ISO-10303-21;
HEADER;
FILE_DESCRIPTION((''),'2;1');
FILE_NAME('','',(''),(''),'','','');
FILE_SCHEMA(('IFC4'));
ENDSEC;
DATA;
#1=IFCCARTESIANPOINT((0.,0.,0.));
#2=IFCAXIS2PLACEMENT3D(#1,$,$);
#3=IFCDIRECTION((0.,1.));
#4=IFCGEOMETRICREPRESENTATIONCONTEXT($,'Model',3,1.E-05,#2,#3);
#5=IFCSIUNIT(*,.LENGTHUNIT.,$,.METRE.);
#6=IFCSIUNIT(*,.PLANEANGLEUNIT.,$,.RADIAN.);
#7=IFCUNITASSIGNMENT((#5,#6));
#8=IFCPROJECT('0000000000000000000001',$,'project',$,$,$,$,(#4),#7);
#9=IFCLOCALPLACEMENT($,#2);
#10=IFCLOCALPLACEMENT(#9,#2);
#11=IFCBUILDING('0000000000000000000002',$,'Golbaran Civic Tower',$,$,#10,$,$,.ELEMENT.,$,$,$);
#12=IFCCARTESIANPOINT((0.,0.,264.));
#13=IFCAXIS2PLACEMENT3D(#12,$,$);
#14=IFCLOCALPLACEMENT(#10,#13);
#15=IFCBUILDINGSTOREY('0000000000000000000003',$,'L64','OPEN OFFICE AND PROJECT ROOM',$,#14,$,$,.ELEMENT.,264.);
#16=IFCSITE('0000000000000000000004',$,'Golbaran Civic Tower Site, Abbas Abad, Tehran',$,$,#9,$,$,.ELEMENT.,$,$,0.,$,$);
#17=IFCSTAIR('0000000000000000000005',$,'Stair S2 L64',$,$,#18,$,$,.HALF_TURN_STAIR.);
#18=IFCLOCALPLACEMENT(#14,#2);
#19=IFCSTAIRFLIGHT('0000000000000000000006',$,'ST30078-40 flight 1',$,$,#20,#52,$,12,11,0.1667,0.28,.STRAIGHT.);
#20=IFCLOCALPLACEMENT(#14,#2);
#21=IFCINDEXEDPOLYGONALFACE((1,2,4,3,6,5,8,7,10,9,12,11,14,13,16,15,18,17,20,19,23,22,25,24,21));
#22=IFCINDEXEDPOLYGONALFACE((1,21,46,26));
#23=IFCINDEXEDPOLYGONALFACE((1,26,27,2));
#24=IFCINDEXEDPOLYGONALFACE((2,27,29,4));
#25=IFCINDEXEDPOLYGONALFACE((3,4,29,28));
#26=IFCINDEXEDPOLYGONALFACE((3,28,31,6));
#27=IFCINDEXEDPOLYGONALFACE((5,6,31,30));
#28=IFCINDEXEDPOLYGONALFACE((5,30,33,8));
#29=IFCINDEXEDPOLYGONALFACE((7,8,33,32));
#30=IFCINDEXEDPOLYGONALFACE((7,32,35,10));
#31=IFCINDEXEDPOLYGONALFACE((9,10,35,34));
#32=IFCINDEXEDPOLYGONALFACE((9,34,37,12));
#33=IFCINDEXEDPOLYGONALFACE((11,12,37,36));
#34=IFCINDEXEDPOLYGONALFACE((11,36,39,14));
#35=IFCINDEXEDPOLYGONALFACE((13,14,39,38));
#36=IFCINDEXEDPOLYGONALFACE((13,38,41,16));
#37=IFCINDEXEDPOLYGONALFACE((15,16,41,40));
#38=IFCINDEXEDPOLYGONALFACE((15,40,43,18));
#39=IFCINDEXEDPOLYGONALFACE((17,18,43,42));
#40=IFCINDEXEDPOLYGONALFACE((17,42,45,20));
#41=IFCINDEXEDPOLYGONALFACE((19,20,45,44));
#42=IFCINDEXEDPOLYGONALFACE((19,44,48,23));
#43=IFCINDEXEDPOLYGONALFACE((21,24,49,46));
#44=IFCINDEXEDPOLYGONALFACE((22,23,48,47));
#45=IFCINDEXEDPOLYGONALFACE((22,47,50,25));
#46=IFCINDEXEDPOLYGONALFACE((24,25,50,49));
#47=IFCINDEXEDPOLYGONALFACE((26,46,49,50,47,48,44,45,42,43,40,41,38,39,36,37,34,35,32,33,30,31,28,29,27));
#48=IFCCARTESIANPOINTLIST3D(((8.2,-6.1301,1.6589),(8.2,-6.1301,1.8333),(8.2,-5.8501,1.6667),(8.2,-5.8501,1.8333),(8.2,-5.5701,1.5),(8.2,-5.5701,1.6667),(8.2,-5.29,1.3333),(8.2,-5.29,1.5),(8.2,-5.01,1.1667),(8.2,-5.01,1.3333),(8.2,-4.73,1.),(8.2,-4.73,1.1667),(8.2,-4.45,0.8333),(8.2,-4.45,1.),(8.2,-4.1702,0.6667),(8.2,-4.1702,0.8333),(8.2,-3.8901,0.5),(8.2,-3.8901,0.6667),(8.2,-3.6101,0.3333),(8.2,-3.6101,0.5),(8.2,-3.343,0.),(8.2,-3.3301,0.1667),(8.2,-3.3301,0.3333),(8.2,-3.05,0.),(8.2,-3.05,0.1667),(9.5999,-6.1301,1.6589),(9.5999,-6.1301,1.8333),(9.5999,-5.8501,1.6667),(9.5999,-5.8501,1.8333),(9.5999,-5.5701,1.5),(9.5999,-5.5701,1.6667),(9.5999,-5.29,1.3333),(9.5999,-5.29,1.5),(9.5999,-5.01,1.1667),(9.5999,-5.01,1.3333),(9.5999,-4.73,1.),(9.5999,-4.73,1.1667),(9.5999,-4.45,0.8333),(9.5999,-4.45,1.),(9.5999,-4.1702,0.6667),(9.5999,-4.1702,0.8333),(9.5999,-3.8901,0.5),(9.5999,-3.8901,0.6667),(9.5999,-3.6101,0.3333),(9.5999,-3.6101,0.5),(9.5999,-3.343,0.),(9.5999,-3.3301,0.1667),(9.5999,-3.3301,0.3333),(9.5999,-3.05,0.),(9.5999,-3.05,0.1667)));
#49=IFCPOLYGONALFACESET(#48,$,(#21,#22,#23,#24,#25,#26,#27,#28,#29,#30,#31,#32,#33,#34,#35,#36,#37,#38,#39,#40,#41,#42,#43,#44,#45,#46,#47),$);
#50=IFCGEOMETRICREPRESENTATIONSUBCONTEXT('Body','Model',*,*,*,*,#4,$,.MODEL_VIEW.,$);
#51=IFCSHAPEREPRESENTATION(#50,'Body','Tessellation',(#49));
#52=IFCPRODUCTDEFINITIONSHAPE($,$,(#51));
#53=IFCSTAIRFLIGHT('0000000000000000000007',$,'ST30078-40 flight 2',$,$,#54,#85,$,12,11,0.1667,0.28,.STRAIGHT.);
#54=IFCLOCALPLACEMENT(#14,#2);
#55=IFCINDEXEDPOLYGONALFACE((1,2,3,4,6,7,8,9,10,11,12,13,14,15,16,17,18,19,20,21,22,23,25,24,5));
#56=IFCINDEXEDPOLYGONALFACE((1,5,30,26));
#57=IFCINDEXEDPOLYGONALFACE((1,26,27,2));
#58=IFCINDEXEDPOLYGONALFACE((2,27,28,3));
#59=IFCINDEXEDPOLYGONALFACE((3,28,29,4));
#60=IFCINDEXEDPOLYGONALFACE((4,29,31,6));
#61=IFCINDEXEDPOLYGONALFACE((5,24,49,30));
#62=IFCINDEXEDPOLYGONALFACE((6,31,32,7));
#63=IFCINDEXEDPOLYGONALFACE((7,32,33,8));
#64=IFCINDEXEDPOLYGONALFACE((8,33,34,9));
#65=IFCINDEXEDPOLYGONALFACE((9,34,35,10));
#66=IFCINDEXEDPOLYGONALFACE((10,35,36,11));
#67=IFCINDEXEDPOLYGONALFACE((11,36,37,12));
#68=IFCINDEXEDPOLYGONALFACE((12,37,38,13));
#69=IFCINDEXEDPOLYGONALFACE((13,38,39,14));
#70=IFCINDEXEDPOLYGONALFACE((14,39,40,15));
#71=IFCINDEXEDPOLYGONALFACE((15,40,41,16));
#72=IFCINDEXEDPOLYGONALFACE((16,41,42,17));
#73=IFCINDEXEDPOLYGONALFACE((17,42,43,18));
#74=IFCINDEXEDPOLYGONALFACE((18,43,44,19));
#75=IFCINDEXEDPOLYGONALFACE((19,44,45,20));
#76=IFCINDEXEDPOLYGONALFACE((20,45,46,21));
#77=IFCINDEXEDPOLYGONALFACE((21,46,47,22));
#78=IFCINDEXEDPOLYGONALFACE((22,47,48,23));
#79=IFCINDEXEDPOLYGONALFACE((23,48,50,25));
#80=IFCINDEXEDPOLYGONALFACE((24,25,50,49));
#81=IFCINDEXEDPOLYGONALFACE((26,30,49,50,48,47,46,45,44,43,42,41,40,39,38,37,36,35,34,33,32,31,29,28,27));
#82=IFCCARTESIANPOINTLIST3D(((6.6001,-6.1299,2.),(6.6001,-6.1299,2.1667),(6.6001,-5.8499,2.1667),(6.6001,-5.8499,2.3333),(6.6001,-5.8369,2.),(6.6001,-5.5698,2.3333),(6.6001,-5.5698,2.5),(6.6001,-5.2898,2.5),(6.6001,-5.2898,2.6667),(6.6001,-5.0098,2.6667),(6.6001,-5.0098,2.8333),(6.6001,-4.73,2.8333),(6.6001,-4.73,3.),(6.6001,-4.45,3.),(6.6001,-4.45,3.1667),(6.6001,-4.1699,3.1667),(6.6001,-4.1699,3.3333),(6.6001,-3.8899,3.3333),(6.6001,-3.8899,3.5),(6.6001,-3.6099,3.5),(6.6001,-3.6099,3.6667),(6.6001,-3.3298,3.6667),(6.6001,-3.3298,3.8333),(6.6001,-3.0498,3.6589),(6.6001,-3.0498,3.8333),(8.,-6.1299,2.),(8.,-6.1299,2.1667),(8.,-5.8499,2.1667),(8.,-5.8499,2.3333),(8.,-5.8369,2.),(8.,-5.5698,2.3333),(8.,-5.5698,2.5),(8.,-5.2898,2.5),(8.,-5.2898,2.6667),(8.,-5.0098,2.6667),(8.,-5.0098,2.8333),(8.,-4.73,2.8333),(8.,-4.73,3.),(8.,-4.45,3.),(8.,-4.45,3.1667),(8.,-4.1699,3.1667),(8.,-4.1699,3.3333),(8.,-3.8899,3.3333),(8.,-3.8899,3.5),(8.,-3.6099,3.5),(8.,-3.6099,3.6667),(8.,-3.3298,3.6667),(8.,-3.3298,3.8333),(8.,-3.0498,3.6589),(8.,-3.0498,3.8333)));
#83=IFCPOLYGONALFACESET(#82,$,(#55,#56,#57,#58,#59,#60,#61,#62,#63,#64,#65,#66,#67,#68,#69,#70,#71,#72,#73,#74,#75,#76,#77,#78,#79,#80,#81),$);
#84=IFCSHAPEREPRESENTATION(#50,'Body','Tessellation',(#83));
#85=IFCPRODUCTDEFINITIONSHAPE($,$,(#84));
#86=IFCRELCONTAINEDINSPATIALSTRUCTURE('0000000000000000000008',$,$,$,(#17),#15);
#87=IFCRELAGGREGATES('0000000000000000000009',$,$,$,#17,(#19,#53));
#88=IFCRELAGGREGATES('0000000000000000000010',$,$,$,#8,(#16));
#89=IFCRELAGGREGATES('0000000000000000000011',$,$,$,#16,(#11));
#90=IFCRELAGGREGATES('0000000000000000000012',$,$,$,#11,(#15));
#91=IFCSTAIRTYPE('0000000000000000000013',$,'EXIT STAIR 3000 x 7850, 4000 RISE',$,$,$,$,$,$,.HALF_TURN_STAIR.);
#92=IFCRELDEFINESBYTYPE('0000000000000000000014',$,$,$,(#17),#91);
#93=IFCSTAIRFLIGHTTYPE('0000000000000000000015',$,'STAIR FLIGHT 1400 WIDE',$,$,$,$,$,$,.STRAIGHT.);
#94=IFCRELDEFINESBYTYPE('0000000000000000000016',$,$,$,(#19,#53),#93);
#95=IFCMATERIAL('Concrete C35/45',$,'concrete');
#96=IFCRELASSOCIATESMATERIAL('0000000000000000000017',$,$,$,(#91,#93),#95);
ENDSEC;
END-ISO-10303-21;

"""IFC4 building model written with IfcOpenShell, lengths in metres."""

from ifc_helpers import new_model, si_unit, direction, frame, origin, place, context, subcontext, project, spatial, polyline, outline, extrude, material, type_object, element, aggregate, save


model = new_model("IFC4")

# Units and contexts
model_context = context("Model", 3, precision=1e-05, world=origin(), true_north=direction((0.0, 1.0)))
body_context = subcontext(model_context, "Body", "Model", "MODEL_VIEW")
ifc_project = project(units=[si_unit("LENGTHUNIT", "METRE"), si_unit("PLANEANGLEUNIT", "RADIAN")], contexts=[model_context])

# Site, building, storey
site_placement = place(None, origin())
site = spatial("IfcSite", under=ifc_project, at=site_placement, Name="Golbaran Civic Tower Site, Abbas Abad, Tehran", CompositionType="ELEMENT", RefElevation=0.0)
building_placement = place(site_placement, origin())
building = spatial("IfcBuilding", under=site, at=building_placement, Name="Golbaran Civic Tower", CompositionType="ELEMENT")
storey_placement = place(building_placement, frame((0.0, 0.0, 264.0)))
storey = spatial("IfcBuildingStorey", under=building, at=storey_placement, Name="L64", Description="OPEN OFFICE AND PROJECT ROOM", CompositionType="ELEMENT", Elevation=264.0)

# Shared definitions
ifc_material_1 = material(Name="Concrete C35/45", Category="concrete")

# Shared definitions
stair_type_1 = type_object("IfcStairType", Name="EXIT STAIR 3000 x 7850, 4000 RISE", PredefinedType="HALF_TURN_STAIR", material=ifc_material_1)

# Stair
stair_1_placement = place(storey_placement, origin())
stair_1 = element("IfcStair", 1, at=stair_1_placement, inside=storey, type_object=stair_type_1, Name="Stair S2 L64", PredefinedType="HALF_TURN_STAIR")

# Stair flights
stair_flight_type = type_object("IfcStairFlightType", Name="STAIR FLIGHT 1400 WIDE", PredefinedType="STRAIGHT", material=ifc_material_1)
stair_flight_1_placement = place(storey_placement, frame((8.8999, -3.05, 0.0), z_axis=(0.0, 0.0, 1.0), x_axis=(0.0, -1.0, 0.0)))
stair_flight_1 = element("IfcStairFlight", 2, at=stair_flight_1_placement, type_object=stair_flight_type, Name="ST30078-40 flight 1", NumberOfRisers=12, NumberOfTreads=11, PredefinedType="STRAIGHT", RiserHeight=0.1667, TreadLength=0.28, context=body_context, shape_type="SweptSolid", body=[
    extrude(outline(polyline([(0.0, 0.0), (0.0, 0.1667), (0.28, 0.1667), (0.28, 0.3333), (0.5601, 0.3333), (0.5601, 0.5), (0.8401, 0.5), (0.8401, 0.6667), (1.1201, 0.6667), (1.1201, 0.8333), (1.3999, 0.8333), (1.3999, 1.0), (1.6799, 1.0), (1.6799, 1.1667), (1.96, 1.1667), (1.96, 1.3333), (2.24, 1.3333), (2.24, 1.5), (2.52, 1.5), (2.52, 1.6667), (2.8, 1.6667), (2.8, 1.8333), (3.0801, 1.8333), (3.0801, 2.0), (3.0801, 1.6589), (0.293, 0.0), (0.0, 0.0)])), frame((0.0, 0.7, 0.0), z_axis=(0.0, -1.0, 0.0), x_axis=(1.0, 0.0, 0.0)), (0.0, 0.0, 1.0), 1.3999),
])
stair_flight_2_placement = place(storey_placement, frame((7.3, -6.1299, 2.0), z_axis=(0.0, 0.0, 1.0), x_axis=(0.0, 1.0, 0.0)))
stair_flight_2 = element("IfcStairFlight", 3, at=stair_flight_2_placement, type_object=stair_flight_type, Name="ST30078-40 flight 2", NumberOfRisers=12, NumberOfTreads=11, PredefinedType="STRAIGHT", RiserHeight=0.1667, TreadLength=0.28, context=body_context, shape_type="SweptSolid", body=[
    extrude(outline(polyline([(0.0, 0.0), (0.0, 0.1667), (0.28, 0.1667), (0.28, 0.3333), (0.5601, 0.3333), (0.5601, 0.5), (0.8401, 0.5), (0.8401, 0.6667), (1.1201, 0.6667), (1.1201, 0.8333), (1.3999, 0.8333), (1.3999, 1.0), (1.6799, 1.0), (1.6799, 1.1667), (1.96, 1.1667), (1.96, 1.3333), (2.24, 1.3333), (2.24, 1.5), (2.52, 1.5), (2.52, 1.6667), (2.8, 1.6667), (2.8, 1.8333), (3.0801, 1.8333), (3.0801, 2.0), (3.0801, 1.6589), (0.293, 0.0), (0.0, 0.0)])), frame((0.0, 0.7, 0.0), z_axis=(0.0, -1.0, 0.0), x_axis=(1.0, 0.0, 0.0)), (0.0, 0.0, 1.0), 1.3999),
])
aggregate(stair_1, [stair_flight_1, stair_flight_2])

save(model, "model.ifc")
